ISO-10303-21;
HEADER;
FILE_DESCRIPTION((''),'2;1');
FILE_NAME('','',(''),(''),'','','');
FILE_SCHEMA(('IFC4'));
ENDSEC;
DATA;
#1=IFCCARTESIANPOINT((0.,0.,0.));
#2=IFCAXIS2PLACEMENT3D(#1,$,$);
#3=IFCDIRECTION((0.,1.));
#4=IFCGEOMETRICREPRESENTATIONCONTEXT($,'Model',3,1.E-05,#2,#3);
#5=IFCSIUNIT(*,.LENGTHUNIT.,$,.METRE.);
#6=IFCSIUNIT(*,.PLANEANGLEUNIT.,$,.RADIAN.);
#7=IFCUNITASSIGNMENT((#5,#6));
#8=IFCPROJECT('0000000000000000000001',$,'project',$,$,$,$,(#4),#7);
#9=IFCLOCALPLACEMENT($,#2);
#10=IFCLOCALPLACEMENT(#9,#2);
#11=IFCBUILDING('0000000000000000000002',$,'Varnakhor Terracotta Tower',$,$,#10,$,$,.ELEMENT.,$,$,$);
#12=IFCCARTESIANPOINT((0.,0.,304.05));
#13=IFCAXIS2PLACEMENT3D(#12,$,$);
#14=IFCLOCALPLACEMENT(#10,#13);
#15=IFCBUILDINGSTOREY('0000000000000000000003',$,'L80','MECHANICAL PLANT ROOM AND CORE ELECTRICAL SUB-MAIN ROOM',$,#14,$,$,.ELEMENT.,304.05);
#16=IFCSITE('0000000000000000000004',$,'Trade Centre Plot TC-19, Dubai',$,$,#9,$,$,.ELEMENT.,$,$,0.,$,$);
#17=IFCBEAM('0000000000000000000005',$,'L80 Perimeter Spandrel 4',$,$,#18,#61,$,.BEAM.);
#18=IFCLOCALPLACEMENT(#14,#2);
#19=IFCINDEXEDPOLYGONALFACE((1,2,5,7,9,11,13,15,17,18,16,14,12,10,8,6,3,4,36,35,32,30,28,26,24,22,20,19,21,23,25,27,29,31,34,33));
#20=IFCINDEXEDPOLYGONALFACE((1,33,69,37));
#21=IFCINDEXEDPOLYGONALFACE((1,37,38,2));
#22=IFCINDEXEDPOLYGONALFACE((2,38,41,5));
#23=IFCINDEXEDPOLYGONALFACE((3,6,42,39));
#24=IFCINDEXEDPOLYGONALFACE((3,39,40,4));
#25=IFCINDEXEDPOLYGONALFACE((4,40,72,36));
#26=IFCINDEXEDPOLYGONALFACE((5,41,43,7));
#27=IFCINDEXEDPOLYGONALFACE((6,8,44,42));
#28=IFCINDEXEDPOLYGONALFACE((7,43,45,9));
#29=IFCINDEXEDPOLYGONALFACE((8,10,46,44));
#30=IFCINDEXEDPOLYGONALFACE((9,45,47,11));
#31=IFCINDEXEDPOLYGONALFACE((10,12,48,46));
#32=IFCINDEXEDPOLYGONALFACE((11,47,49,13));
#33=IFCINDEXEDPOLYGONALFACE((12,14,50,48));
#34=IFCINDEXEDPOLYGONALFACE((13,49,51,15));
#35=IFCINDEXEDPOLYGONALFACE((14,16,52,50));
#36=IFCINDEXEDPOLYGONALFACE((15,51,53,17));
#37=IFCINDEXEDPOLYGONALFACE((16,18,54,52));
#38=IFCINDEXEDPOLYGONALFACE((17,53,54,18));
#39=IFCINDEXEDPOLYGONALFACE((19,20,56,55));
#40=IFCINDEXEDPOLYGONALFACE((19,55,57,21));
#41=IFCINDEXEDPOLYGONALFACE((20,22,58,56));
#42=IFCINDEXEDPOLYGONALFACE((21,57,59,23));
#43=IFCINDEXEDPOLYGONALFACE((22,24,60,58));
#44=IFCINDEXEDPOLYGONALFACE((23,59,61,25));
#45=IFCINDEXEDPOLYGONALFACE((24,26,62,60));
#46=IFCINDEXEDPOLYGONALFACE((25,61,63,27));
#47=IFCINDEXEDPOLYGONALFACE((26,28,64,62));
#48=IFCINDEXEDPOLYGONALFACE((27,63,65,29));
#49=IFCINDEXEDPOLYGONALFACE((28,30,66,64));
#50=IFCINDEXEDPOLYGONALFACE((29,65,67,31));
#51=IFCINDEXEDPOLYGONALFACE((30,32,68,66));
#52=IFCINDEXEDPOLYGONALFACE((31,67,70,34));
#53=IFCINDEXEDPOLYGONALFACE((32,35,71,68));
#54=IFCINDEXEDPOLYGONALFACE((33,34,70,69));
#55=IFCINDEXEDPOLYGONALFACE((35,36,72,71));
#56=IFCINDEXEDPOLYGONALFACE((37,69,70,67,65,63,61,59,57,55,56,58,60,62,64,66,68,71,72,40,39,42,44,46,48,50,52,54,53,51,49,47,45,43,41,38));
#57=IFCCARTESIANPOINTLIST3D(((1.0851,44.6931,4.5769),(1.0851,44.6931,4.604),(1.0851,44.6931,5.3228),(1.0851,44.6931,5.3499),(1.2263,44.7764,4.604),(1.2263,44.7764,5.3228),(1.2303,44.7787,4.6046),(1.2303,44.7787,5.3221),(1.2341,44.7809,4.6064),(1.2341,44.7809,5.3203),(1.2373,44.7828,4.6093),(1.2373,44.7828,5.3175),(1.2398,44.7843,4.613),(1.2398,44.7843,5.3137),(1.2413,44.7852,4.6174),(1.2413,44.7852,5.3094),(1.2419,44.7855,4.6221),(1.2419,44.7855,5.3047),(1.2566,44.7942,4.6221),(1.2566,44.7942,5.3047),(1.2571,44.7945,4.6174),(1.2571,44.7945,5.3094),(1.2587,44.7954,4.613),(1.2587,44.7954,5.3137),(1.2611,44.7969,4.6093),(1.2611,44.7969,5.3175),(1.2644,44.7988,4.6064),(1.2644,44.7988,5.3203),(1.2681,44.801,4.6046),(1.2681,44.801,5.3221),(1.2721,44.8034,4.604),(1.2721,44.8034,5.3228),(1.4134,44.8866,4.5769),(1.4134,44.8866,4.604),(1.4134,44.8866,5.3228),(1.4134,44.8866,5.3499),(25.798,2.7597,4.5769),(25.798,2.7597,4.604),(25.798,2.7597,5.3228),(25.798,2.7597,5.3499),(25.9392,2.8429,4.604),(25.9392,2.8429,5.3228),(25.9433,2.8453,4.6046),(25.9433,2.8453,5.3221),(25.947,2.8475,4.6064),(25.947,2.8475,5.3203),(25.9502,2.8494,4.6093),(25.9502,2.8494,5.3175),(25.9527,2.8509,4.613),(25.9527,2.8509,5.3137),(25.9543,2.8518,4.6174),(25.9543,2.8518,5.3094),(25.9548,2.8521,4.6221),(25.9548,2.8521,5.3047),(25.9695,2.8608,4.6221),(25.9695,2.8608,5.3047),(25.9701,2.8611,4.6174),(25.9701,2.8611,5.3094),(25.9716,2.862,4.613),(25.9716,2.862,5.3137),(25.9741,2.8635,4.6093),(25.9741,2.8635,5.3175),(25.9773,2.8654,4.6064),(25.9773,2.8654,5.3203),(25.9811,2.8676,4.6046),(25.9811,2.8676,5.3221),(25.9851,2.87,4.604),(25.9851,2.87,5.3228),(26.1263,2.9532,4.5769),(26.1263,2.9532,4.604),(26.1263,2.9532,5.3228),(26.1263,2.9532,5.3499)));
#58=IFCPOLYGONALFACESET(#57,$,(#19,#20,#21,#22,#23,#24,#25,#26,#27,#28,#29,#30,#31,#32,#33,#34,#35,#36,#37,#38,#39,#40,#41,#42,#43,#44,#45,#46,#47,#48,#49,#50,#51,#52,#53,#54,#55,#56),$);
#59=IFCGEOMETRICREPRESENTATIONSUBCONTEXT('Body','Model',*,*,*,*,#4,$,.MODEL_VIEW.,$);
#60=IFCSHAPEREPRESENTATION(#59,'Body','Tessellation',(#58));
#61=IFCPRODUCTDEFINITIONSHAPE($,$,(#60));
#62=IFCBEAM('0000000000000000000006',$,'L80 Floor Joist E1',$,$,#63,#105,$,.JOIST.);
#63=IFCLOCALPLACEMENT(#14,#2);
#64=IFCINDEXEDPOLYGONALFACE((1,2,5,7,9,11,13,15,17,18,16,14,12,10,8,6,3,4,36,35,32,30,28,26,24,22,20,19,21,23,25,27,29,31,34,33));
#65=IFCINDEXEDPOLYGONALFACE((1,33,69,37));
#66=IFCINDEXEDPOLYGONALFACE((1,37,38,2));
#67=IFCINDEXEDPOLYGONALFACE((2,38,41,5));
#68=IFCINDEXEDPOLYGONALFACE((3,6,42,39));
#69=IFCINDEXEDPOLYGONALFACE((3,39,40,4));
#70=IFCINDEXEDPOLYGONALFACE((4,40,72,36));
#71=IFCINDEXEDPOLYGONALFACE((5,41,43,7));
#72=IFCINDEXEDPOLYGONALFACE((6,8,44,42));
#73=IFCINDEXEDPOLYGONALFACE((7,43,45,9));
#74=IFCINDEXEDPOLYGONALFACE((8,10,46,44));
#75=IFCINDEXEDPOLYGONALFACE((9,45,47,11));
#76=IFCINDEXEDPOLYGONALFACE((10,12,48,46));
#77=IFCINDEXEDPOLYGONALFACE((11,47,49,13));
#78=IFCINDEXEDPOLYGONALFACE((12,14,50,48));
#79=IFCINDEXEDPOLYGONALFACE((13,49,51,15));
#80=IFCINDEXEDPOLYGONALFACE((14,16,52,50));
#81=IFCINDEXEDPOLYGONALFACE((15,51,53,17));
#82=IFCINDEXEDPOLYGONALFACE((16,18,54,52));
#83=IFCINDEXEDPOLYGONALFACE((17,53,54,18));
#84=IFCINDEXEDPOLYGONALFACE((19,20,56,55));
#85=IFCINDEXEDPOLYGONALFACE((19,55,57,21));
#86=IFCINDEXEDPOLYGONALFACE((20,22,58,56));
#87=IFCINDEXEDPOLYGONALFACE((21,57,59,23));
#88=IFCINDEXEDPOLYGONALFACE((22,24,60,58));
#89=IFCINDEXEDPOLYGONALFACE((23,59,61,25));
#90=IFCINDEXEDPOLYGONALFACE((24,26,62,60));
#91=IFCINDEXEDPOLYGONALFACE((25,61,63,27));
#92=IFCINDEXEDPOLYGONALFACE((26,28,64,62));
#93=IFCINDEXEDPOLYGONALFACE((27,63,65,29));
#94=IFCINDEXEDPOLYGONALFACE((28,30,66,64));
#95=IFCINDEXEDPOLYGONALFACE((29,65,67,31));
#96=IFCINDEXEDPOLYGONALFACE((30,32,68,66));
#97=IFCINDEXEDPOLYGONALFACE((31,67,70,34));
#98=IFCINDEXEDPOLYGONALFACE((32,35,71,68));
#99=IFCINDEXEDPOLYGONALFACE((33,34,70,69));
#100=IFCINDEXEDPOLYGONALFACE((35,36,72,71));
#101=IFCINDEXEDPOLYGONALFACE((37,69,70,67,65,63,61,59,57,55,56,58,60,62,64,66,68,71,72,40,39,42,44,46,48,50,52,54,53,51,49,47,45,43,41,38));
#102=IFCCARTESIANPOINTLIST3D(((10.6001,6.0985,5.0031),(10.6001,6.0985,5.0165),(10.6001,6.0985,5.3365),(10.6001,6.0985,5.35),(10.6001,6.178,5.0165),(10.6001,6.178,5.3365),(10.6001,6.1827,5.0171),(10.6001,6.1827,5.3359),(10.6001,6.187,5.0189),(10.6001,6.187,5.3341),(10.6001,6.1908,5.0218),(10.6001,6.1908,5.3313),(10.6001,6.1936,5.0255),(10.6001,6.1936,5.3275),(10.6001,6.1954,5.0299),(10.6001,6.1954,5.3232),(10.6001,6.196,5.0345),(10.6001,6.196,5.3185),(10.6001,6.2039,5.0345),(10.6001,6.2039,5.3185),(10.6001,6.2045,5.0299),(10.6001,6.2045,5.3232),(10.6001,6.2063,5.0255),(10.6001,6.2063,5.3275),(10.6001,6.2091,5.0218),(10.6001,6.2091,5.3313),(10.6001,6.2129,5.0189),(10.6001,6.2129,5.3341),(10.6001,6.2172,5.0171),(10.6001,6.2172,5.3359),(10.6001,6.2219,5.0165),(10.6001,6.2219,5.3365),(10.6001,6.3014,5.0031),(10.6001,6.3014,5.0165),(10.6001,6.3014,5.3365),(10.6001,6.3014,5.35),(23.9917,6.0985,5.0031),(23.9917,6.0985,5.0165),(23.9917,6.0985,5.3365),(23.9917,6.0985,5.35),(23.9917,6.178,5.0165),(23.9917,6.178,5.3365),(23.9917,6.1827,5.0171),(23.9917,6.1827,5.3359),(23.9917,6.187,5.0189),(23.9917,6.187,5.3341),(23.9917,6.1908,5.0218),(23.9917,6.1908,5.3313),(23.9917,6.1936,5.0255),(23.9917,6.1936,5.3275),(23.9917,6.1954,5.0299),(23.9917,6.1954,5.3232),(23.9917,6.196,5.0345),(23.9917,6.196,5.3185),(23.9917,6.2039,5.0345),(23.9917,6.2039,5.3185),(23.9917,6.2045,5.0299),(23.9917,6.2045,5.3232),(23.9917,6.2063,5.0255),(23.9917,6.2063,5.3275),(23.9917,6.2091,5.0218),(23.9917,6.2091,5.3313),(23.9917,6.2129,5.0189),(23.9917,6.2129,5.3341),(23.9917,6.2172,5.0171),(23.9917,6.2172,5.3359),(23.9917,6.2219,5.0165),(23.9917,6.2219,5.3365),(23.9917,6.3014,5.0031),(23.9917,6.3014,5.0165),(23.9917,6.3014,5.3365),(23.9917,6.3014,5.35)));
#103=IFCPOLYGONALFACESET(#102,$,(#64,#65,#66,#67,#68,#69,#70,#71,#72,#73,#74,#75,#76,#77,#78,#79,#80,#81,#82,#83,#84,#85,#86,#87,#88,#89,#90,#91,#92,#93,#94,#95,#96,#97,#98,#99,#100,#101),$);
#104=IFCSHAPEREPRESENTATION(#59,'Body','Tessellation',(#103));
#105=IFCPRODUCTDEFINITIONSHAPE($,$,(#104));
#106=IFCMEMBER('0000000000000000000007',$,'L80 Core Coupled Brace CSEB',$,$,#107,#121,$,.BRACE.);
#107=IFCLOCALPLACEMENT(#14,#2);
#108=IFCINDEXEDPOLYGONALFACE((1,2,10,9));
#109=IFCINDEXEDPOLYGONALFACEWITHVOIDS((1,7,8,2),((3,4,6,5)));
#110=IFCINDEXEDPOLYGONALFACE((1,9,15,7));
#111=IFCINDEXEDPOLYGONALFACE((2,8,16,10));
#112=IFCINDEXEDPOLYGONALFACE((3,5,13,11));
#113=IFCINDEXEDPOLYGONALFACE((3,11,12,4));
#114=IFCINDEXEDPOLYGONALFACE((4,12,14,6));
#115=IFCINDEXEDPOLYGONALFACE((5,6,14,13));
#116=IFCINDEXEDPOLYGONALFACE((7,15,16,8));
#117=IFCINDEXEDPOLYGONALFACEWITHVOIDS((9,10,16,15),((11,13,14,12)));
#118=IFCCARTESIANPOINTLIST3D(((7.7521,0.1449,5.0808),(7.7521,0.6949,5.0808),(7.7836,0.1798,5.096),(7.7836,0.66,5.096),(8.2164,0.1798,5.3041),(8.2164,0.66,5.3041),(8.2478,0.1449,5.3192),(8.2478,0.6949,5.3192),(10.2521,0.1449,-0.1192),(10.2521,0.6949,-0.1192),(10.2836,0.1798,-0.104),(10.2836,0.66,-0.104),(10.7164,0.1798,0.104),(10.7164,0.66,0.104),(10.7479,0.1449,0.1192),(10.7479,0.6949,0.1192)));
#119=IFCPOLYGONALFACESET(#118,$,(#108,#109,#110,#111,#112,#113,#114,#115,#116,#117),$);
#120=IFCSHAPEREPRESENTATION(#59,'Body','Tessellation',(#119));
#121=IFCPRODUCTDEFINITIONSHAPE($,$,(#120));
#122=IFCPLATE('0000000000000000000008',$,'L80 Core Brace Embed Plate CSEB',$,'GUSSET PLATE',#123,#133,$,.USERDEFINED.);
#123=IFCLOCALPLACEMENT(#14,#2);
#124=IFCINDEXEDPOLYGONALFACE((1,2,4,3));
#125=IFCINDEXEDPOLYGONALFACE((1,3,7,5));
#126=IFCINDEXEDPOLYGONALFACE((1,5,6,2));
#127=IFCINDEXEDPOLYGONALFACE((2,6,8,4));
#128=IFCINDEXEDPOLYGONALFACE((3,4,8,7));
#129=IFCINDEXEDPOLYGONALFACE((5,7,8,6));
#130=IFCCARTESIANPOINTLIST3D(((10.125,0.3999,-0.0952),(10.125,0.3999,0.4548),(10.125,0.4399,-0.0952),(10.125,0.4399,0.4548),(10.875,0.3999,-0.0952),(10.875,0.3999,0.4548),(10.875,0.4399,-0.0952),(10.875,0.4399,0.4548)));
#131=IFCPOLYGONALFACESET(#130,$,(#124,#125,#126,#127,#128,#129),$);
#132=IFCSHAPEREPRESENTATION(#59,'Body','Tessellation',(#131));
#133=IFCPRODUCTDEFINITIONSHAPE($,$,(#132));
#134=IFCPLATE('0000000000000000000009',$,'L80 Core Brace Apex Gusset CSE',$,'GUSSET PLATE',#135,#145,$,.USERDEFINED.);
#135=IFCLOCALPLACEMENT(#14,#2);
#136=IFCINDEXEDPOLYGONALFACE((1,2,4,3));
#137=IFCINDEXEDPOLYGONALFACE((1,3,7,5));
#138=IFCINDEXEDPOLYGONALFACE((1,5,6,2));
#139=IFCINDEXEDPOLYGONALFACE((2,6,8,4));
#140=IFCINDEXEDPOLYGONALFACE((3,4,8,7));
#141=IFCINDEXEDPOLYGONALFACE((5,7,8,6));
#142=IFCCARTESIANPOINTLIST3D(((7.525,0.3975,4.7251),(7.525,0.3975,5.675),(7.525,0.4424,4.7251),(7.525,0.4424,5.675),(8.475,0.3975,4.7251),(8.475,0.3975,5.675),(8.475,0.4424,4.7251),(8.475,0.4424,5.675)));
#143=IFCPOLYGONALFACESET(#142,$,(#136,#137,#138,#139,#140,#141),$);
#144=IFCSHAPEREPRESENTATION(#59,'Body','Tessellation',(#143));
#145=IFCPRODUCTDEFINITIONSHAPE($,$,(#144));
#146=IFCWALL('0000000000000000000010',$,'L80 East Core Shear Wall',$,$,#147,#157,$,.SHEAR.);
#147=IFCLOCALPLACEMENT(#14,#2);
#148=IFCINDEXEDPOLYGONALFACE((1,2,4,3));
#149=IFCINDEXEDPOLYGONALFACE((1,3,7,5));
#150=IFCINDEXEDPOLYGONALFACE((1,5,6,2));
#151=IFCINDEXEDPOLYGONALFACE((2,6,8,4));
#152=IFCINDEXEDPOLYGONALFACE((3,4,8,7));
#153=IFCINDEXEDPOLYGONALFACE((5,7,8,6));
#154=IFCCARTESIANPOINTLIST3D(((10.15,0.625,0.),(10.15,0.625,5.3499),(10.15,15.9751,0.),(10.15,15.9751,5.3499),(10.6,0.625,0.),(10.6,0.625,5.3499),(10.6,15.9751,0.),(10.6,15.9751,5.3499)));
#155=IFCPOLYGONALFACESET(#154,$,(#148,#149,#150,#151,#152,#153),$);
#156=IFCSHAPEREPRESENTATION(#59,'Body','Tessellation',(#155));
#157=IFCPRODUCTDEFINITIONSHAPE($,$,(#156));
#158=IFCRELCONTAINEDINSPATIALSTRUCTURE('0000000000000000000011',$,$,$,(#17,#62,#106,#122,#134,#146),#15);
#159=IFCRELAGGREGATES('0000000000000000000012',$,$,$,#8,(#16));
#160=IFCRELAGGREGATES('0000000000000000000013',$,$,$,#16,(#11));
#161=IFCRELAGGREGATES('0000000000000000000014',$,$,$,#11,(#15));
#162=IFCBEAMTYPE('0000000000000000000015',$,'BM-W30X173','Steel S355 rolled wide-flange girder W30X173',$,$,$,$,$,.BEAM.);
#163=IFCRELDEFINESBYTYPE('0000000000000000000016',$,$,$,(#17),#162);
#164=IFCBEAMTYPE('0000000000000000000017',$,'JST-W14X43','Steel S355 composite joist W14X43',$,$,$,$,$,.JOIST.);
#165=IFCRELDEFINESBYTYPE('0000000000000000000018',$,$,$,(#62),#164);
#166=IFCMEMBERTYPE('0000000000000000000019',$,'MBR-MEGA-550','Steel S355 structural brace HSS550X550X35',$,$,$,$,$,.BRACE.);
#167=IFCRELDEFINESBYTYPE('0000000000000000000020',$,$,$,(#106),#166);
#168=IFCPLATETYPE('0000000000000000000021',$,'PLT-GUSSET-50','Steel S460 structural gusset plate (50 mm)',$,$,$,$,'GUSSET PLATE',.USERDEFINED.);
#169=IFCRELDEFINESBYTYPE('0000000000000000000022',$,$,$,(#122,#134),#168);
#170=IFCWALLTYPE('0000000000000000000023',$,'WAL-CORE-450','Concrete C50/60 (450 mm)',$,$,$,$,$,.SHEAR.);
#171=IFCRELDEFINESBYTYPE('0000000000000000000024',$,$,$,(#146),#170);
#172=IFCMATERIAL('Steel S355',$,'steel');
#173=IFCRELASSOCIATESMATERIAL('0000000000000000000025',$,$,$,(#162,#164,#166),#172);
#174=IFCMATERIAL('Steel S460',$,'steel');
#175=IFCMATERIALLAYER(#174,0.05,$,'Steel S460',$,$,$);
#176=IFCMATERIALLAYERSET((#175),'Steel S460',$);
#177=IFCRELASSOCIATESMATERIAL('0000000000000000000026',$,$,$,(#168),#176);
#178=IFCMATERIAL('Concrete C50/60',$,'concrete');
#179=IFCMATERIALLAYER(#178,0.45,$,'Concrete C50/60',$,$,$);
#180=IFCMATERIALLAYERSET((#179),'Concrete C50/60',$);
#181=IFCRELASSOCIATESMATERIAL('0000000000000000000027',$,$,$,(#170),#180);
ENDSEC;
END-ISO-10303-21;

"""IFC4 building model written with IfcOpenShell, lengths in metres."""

from ifc_helpers import new_model, si_unit, direction, frame, frame_2d, origin, origin_2d, place, context, subcontext, project, spatial, rectangle, hollow_rectangle, i_section, extrude, source, transform, mapped, material, layer, layer_set, material_profile, profile_set, type_object, type_shapes, element, save


model = new_model("IFC4")

# Units and contexts
model_context = context("Model", 3, precision=1e-05, world=origin(), true_north=direction((0.0, 1.0)))
body_context = subcontext(model_context, "Body", "Model", "MODEL_VIEW")
ifc_project = project(units=[si_unit("LENGTHUNIT", "METRE"), si_unit("PLANEANGLEUNIT", "RADIAN")], contexts=[model_context])

# Site, building, storey
site_placement = place(None, origin())
site = spatial("IfcSite", under=ifc_project, at=site_placement, Name="Trade Centre Plot TC-19, Dubai", CompositionType="ELEMENT", RefElevation=0.0)
building_placement = place(site_placement, origin())
building = spatial("IfcBuilding", under=site, at=building_placement, Name="Varnakhor Terracotta Tower", CompositionType="ELEMENT")
storey_placement = place(building_placement, frame((0.0, 0.0, 304.05)))
storey = spatial("IfcBuildingStorey", under=building, at=storey_placement, Name="L80", Description="MECHANICAL PLANT ROOM AND CORE ELECTRICAL SUB-MAIN ROOM", CompositionType="ELEMENT", Elevation=304.05)

# Shared definitions
ifc_material_1 = material(Name="Concrete C50/60", Category="concrete")
ifc_material_2 = material(Name="Steel S355", Category="steel")

# Beams
ifc_material_profile_1 = material_profile(ifc_material_2, i_section(OverallWidth=0.3811, OverallDepth=0.7729, WebThickness=0.0171, FlangeThickness=0.0271, FilletRadius=0.0181, at=origin_2d()), Name="W30X173")
ifc_profile_set_1 = profile_set([ifc_material_profile_1], Name="Steel S355")
beam_type_1 = type_object("IfcBeamType", Name="BM-W30X173", Description="Steel S355 rolled wide-flange girder W30X173", PredefinedType="BEAM", material=ifc_profile_set_1)
shared_shape_1 = source(origin(), body_context, "Body", "SweptSolid", [
    extrude(i_section(OverallWidth=0.3811, OverallDepth=0.7729, WebThickness=0.0171, FlangeThickness=0.0271, FilletRadius=0.0181, at=origin_2d()), origin(), (0.0, 0.0, 1.0), 48.6738),
])
beam_1_placement = place(storey_placement, frame((25.9622, 2.8564, 4.9634), z_axis=(-0.507725, 0.861519, 0.0), x_axis=(-0.861519, -0.507725, 0.0)))
element("IfcBeam", 1, at=beam_1_placement, inside=storey, type_object=beam_type_1, Name="L80 Perimeter Spandrel 4", PredefinedType="BEAM", context=body_context, shape_type="MappedRepresentation", body=[
    mapped(shared_shape_1, transform((0.0, 0.0, 0.0), scale=1.0)),
])
ifc_material_profile_2 = material_profile(ifc_material_2, i_section(OverallWidth=0.2029, OverallDepth=0.3469, WebThickness=0.0078, FlangeThickness=0.0134, FilletRadius=0.0181, at=origin_2d()), Name="W14X43")
ifc_profile_set_2 = profile_set([ifc_material_profile_2], Name="Steel S355")
beam_type_2 = type_object("IfcBeamType", Name="JST-W14X43", Description="Steel S355 composite joist W14X43", PredefinedType="JOIST", material=ifc_profile_set_2)
shared_shape_2 = source(origin(), body_context, "Body", "SweptSolid", [
    extrude(i_section(OverallWidth=0.2029, OverallDepth=0.3469, WebThickness=0.0078, FlangeThickness=0.0134, FilletRadius=0.0181, at=origin_2d()), origin(), (0.0, 0.0, 1.0), 13.3916),
])
beam_2_placement = place(storey_placement, frame((10.6001, 6.2, 5.1765), z_axis=(1.0, 0.0, 0.0), x_axis=(0.0, 1.0, 0.0)))
element("IfcBeam", 2, at=beam_2_placement, inside=storey, type_object=beam_type_2, Name="L80 Floor Joist E1", PredefinedType="JOIST", context=body_context, shape_type="MappedRepresentation", body=[
    mapped(shared_shape_2, transform((0.0, 0.0, 0.0), scale=1.0)),
])

# Member
ifc_material_profile_3 = material_profile(ifc_material_2, hollow_rectangle(XDim=0.55, YDim=0.55, WallThickness=0.0349, at=origin_2d()), Name="HSS550X550X35")
ifc_profile_set_3 = profile_set([ifc_material_profile_3], Name="Steel S355")
member_type = type_object("IfcMemberType", Name="MBR-MEGA-550", Description="Steel S355 structural brace HSS550X550X35", PredefinedType="BRACE", material=ifc_profile_set_3)
shared_shape_3 = source(origin(), body_context, "Body", "SweptSolid", [
    extrude(hollow_rectangle(XDim=0.55, YDim=0.55, WallThickness=0.0349, at=origin_2d()), origin(), (0.0, 0.0, 1.0), 5.7698),
])
member_placement = place(storey_placement, frame((10.5, 0.4199, 0.0), z_axis=(-0.433298, 0.0, 0.901251), x_axis=(0.0, -1.0, 0.0)))
element("IfcMember", 3, at=member_placement, inside=storey, type_object=member_type, Name="L80 Core Coupled Brace CSEB", PredefinedType="BRACE", context=body_context, shape_type="MappedRepresentation", body=[
    mapped(shared_shape_3, transform((0.0, 0.0, 0.0), scale=1.0)),
])

# Plates
ifc_material_3 = material(Name="Steel S460", Category="steel")
ifc_layer_1 = layer(ifc_material_3, 0.05, Name="Steel S460")
ifc_layer_set_1 = layer_set([ifc_layer_1], Name="Steel S460")
plate_type = type_object("IfcPlateType", Name="PLT-GUSSET-50", Description="Steel S460 structural gusset plate (50 mm)", ElementType="GUSSET PLATE", PredefinedType="USERDEFINED", material=ifc_layer_set_1)
shared_shape_4 = source(origin(), body_context, "Body", "SweptSolid", [
    extrude(rectangle(XDim=0.75, YDim=0.04, at=origin_2d()), origin(), (0.0, 0.0, 1.0), 0.55),
])
type_shapes(plate_type, [shared_shape_4])
plate_1_placement = place(storey_placement, frame((10.5, 0.4199, -0.0952), z_axis=(0.0, 0.0, 1.0), x_axis=(1.0, 0.0, 0.0)))
element("IfcPlate", 4, at=plate_1_placement, inside=storey, type_object=plate_type, Name="L80 Core Brace Embed Plate CSEB", ObjectType="GUSSET PLATE", PredefinedType="USERDEFINED", context=body_context, shape_type="MappedRepresentation", body=[
    mapped(shared_shape_4, transform((0.0, 0.0, 0.0), scale=1.0)),
])
shared_shape_5 = source(origin(), body_context, "Body", "SweptSolid", [
    extrude(rectangle(XDim=0.95, YDim=0.0449, at=origin_2d()), origin(), (0.0, 0.0, 1.0), 0.95),
])
plate_2_placement = place(storey_placement, frame((8.0, 0.4199, 4.7251), z_axis=(0.0, 0.0, 1.0), x_axis=(1.0, 0.0, 0.0)))
element("IfcPlate", 5, at=plate_2_placement, inside=storey, type_object=plate_type, Name="L80 Core Brace Apex Gusset CSE", ObjectType="GUSSET PLATE", PredefinedType="USERDEFINED", context=body_context, shape_type="MappedRepresentation", body=[
    mapped(shared_shape_5, transform((0.0, 0.0, 0.0), scale=1.0)),
])

# Wall
ifc_layer_2 = layer(ifc_material_1, 0.45, Name="Concrete C50/60")
ifc_layer_set_2 = layer_set([ifc_layer_2], Name="Concrete C50/60")
wall_type = type_object("IfcWallType", Name="WAL-CORE-450", Description="Concrete C50/60 (450 mm)", PredefinedType="SHEAR", material=ifc_layer_set_2)
wall_placement = place(storey_placement, frame((10.375, 0.625, 0.0), z_axis=(0.0, 0.0, 1.0), x_axis=(0.0, 1.0, 0.0)))
element("IfcWall", 6, at=wall_placement, inside=storey, type_object=wall_type, Name="L80 East Core Shear Wall", PredefinedType="SHEAR", context=body_context, shape_type="SweptSolid", body=[
    extrude(rectangle(XDim=15.3501, YDim=0.45, at=frame_2d((7.675, 0.0))), origin(), (0.0, 0.0, 1.0), 5.3499),
])

save(model, "model.ifc")
